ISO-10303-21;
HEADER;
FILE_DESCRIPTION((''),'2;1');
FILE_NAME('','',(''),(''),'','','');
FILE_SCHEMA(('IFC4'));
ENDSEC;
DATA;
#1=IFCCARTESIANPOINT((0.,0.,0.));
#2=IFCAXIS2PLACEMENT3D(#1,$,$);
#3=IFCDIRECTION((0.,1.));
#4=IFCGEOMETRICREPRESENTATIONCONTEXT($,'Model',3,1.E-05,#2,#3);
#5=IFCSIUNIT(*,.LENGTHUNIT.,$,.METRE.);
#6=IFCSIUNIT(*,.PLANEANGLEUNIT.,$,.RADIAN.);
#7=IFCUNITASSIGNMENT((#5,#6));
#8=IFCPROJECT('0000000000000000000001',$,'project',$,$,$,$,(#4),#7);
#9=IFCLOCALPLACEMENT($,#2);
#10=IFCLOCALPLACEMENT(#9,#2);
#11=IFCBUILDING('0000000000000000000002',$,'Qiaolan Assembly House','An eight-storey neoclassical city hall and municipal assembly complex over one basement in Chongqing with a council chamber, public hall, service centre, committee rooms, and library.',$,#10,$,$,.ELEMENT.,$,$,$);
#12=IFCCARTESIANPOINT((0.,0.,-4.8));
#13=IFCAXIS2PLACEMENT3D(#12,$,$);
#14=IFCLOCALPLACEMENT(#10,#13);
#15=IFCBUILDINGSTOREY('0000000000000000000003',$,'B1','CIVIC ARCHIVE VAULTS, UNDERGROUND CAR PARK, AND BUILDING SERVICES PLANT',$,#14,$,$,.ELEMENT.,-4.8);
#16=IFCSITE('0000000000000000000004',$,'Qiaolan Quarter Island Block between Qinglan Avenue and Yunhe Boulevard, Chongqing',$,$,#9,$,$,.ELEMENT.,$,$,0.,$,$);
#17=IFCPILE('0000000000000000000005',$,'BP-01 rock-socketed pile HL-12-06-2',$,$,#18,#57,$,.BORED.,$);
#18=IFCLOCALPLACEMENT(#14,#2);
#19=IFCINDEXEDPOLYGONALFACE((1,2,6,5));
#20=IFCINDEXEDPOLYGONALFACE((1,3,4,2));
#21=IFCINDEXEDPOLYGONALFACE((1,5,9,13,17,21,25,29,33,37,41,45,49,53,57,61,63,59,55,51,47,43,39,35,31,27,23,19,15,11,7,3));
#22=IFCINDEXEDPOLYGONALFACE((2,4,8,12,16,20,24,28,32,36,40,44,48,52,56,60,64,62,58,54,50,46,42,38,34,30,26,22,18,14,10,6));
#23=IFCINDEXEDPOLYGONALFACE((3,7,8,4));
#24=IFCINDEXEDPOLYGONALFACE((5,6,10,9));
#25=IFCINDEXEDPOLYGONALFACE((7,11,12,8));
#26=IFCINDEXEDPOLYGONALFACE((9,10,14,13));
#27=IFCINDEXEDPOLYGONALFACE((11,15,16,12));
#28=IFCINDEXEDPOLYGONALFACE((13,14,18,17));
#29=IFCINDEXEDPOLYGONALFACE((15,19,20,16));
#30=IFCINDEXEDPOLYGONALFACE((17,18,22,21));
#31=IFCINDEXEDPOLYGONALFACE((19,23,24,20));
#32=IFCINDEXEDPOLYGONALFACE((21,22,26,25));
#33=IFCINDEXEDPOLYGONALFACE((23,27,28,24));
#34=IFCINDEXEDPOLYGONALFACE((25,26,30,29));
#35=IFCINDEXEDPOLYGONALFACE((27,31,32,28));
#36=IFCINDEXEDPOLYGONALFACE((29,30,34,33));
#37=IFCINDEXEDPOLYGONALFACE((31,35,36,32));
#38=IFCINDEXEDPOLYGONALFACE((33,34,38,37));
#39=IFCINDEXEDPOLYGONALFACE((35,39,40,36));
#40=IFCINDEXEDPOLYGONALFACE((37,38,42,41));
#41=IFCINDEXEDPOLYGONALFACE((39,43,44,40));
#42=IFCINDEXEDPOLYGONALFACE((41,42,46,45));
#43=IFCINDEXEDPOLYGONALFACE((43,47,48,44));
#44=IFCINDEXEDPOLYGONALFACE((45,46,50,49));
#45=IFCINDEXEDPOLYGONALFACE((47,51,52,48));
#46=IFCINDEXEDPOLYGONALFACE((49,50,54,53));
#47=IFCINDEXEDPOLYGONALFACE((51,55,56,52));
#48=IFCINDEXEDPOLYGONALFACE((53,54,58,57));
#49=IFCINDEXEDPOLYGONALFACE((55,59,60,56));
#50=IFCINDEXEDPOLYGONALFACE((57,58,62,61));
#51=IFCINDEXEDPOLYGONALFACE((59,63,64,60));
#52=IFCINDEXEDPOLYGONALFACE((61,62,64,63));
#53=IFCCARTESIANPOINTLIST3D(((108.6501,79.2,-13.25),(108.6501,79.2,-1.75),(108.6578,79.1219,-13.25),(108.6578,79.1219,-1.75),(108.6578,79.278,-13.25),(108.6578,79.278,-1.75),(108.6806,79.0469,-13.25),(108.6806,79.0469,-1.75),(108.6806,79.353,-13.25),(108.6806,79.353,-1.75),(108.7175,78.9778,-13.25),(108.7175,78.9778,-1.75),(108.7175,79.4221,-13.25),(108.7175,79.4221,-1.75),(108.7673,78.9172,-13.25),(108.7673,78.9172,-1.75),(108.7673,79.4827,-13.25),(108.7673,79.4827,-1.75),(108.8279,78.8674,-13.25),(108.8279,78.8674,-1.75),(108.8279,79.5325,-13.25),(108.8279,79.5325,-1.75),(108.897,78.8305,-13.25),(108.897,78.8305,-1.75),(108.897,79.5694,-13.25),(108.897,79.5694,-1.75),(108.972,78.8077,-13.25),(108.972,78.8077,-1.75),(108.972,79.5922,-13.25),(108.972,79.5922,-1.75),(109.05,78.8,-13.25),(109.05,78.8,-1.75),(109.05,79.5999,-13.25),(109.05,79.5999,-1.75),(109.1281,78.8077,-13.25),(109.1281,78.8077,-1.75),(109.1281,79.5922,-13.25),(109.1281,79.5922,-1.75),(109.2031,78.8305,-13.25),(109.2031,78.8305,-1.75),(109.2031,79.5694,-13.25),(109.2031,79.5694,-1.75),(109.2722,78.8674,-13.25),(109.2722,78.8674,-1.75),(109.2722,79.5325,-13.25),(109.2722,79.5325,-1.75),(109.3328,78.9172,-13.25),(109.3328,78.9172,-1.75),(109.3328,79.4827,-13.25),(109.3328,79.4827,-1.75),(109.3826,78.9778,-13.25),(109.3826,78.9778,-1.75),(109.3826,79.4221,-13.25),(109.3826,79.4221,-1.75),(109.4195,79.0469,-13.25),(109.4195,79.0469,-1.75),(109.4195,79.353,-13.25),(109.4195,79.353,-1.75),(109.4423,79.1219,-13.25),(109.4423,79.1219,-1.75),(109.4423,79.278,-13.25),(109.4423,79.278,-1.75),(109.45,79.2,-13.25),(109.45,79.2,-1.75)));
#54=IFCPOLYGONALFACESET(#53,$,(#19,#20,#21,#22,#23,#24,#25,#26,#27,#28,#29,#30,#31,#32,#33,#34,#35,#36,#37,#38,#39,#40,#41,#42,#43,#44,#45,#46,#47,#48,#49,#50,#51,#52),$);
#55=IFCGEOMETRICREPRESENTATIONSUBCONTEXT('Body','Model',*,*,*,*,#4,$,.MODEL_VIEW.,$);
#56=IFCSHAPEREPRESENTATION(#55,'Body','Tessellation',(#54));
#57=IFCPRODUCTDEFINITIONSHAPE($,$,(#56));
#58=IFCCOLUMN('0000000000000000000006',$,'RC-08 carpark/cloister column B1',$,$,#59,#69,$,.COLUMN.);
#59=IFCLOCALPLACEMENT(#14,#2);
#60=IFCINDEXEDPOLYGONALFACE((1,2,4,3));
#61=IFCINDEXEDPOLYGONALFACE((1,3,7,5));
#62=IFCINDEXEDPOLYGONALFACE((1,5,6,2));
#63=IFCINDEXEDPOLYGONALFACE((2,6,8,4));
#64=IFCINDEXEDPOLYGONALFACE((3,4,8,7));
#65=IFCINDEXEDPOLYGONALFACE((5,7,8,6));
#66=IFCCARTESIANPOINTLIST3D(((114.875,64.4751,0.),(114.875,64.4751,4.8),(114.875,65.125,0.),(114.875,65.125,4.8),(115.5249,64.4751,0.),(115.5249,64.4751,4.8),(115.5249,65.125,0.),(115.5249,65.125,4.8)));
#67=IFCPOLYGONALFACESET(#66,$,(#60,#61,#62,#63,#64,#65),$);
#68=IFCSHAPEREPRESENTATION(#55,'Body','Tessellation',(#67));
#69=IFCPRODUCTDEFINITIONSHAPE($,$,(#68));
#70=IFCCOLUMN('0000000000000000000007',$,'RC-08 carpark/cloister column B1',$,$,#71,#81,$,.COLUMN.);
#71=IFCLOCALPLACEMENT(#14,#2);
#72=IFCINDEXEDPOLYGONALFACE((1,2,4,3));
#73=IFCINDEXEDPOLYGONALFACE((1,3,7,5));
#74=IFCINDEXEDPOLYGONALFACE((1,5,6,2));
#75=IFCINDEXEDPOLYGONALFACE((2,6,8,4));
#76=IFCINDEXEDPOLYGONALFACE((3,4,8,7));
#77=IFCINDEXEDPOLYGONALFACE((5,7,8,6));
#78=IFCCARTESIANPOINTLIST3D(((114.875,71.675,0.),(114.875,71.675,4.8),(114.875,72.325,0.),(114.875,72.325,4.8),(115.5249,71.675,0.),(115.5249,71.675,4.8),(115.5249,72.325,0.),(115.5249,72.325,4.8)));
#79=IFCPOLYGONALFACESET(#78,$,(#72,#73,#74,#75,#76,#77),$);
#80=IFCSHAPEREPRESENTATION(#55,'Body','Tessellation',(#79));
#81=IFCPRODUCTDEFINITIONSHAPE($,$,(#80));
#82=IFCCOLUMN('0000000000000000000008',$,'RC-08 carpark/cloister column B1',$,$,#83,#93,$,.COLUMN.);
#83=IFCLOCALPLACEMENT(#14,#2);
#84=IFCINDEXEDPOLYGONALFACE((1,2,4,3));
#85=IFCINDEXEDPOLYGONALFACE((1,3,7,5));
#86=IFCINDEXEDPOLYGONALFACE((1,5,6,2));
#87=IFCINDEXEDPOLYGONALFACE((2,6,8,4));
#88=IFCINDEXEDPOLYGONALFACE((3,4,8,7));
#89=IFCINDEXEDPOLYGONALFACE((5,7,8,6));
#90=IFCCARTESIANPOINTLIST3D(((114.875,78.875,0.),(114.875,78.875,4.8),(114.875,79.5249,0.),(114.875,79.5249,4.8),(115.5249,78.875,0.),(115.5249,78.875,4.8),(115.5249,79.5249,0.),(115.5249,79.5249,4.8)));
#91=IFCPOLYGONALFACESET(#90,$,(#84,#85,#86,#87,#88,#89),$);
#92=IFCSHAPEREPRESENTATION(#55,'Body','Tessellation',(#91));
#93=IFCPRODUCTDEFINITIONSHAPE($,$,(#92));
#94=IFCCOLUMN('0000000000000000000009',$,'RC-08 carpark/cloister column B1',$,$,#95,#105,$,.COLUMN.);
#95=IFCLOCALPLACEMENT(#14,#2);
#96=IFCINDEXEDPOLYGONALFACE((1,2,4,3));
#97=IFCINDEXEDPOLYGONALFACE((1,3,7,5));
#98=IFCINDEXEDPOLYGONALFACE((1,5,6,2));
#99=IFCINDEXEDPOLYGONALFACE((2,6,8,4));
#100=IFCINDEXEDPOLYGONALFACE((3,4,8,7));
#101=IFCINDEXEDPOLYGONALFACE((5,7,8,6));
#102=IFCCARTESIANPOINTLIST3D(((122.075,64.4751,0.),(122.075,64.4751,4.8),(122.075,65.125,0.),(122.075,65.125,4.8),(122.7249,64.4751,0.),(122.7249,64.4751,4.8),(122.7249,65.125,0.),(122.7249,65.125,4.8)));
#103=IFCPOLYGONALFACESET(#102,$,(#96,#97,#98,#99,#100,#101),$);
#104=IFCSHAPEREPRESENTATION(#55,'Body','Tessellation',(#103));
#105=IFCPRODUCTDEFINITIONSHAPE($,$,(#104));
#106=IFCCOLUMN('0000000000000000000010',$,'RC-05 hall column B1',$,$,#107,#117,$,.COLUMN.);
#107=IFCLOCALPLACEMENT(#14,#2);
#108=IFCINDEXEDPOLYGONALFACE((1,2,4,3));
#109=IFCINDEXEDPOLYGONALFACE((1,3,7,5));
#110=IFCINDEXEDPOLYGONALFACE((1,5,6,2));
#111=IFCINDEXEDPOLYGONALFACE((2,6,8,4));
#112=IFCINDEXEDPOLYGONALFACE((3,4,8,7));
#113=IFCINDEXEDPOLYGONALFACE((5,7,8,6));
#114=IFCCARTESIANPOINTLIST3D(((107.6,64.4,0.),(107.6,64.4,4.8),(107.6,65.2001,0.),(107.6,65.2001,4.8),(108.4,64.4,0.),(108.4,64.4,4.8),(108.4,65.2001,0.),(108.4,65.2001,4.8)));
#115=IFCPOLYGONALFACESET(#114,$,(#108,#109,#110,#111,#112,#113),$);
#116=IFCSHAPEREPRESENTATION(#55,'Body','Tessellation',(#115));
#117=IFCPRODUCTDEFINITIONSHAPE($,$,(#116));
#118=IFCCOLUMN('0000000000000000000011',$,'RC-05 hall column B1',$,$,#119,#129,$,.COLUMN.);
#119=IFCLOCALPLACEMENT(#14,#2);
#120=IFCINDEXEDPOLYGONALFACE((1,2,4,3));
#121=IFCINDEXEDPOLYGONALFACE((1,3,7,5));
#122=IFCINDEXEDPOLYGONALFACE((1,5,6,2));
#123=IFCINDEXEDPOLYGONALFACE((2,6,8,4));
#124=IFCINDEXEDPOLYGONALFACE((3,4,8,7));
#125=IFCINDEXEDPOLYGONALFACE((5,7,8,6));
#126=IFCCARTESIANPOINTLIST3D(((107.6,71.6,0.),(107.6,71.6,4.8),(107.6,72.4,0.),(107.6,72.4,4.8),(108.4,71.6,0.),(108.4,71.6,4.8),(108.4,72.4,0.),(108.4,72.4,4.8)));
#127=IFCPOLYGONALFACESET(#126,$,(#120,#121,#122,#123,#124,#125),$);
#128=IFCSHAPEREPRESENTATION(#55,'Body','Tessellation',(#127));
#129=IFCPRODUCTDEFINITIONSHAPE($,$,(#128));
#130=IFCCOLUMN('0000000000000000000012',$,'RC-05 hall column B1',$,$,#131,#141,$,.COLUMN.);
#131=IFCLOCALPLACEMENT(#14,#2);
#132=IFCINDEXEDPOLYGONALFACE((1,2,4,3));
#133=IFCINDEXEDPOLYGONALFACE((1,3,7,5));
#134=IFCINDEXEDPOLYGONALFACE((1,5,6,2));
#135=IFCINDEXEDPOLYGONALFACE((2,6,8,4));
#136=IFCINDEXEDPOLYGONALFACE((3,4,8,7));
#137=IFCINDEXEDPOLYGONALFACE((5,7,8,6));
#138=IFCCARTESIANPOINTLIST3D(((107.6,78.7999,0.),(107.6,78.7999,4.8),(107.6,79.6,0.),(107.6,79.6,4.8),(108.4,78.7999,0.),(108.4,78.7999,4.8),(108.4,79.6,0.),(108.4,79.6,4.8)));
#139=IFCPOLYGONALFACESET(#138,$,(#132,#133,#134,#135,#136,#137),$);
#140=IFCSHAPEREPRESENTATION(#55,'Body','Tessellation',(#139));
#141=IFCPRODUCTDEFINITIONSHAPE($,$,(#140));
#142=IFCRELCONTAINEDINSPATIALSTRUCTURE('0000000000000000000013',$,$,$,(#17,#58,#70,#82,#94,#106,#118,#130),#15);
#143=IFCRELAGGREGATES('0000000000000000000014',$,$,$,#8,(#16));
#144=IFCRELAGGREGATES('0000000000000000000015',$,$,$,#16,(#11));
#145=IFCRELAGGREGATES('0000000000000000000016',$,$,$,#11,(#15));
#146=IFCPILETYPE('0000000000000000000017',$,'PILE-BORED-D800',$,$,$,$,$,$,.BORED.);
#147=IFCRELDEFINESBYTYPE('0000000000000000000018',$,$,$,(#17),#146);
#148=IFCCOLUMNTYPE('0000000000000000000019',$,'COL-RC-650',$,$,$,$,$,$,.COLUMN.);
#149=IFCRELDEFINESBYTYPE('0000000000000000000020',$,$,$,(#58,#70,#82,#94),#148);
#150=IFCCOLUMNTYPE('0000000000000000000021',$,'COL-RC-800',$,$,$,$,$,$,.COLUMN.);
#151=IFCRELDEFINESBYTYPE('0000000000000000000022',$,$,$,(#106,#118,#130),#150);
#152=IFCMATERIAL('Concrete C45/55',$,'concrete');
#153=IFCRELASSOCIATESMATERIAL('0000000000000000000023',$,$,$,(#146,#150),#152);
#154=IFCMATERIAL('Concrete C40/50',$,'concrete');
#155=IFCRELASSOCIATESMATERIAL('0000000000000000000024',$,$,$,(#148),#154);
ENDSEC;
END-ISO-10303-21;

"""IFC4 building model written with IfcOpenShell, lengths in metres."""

from ifc_helpers import new_model, si_unit, direction, frame, origin, origin_2d, place, context, subcontext, project, spatial, rectangle, circle, extrude, material, material_profile, profile_set, type_object, element, save


model = new_model("IFC4")

# Units and contexts
model_context = context("Model", 3, precision=1e-05, world=origin(), true_north=direction((0.0, 1.0)))
body_context = subcontext(model_context, "Body", "Model", "MODEL_VIEW")
ifc_project = project(units=[si_unit("LENGTHUNIT", "METRE"), si_unit("PLANEANGLEUNIT", "RADIAN")], contexts=[model_context])

# Site, building, storey
site_placement = place(None, origin())
site = spatial("IfcSite", under=ifc_project, at=site_placement, Name="Qiaolan Quarter Island Block between Qinglan Avenue and Yunhe Boulevard, Chongqing", CompositionType="ELEMENT", RefElevation=0.0)
building_placement = place(site_placement, origin())
building = spatial("IfcBuilding", under=site, at=building_placement, Name="Qiaolan Assembly House", Description="An eight-storey neoclassical city hall and municipal assembly complex over one basement in Chongqing with a council chamber, public hall, service centre, committee rooms, and library.", CompositionType="ELEMENT")
storey_placement = place(building_placement, frame((0.0, 0.0, -4.8)))
storey = spatial("IfcBuildingStorey", under=building, at=storey_placement, Name="B1", Description="CIVIC ARCHIVE VAULTS, UNDERGROUND CAR PARK, AND BUILDING SERVICES PLANT", CompositionType="ELEMENT", Elevation=-4.8)

# Shared definitions
ifc_material_1 = material(Name="Concrete C40/50", Category="concrete")

# Pile
ifc_material_2 = material(Name="Concrete C45/55", Category="concrete")
ifc_material_profile_1 = material_profile(ifc_material_2, circle(Radius=0.3999, at=origin_2d()), Name="PILE D800")
ifc_profile_set_1 = profile_set([ifc_material_profile_1], Name="Concrete C45/55")
pile_type = type_object("IfcPileType", Name="PILE-BORED-D800", PredefinedType="BORED", material=ifc_profile_set_1)
for number, where, z_axis, x_axis, name in (
    (1, (109.05, 79.2, -1.75), (0.0, 0.0, -1.0), (1.0, 0.0, 0.0), "BP-01 rock-socketed pile HL-12-06-2"),
):
    element("IfcPile", number, at=place(storey_placement, frame(where, z_axis=z_axis, x_axis=x_axis)), inside=storey, type_object=pile_type, Name=name, PredefinedType="BORED", context=body_context, shape_type="SweptSolid", body=[
        extrude(circle(Radius=0.3999, at=origin_2d()), origin(), (0.0, 0.0, 1.0), 11.5),
    ])

# Columns
ifc_material_profile_2 = material_profile(ifc_material_1, rectangle(XDim=0.6499, YDim=0.6499, at=origin_2d()), Name="RC 650x650")
ifc_profile_set_2 = profile_set([ifc_material_profile_2], Name="Concrete C40/50")
column_type_1 = type_object("IfcColumnType", Name="COL-RC-650", PredefinedType="COLUMN", material=ifc_profile_set_2)
for number, where, z_axis, x_axis, name in (
    (2, (115.2, 64.8, 0.0), (0.0, 0.0, 1.0), (1.0, 0.0, 0.0), "RC-08 carpark/cloister column B1"),
    (3, (115.2, 72.0, 0.0), (0.0, 0.0, 1.0), (1.0, 0.0, 0.0), "RC-08 carpark/cloister column B1"),
    (4, (115.2, 79.2, 0.0), (0.0, 0.0, 1.0), (1.0, 0.0, 0.0), "RC-08 carpark/cloister column B1"),
    (5, (122.3999, 64.8, 0.0), (0.0, 0.0, 1.0), (1.0, 0.0, 0.0), "RC-08 carpark/cloister column B1"),
):
    element("IfcColumn", number, at=place(storey_placement, frame(where, z_axis=z_axis, x_axis=x_axis)), inside=storey, type_object=column_type_1, Name=name, PredefinedType="COLUMN", context=body_context, shape_type="SweptSolid", body=[
        extrude(rectangle(XDim=0.6499, YDim=0.6499, at=origin_2d()), origin(), (0.0, 0.0, 1.0), 4.8),
    ])
ifc_material_profile_3 = material_profile(ifc_material_2, rectangle(XDim=0.8, YDim=0.8, at=origin_2d()), Name="RC 800x800")
ifc_profile_set_3 = profile_set([ifc_material_profile_3], Name="Concrete C45/55")
column_type_2 = type_object("IfcColumnType", Name="COL-RC-800", PredefinedType="COLUMN", material=ifc_profile_set_3)
for number, where, z_axis, x_axis, name in (
    (6, (108.0, 64.8, 0.0), (0.0, 0.0, 1.0), (1.0, 0.0, 0.0), "RC-05 hall column B1"),
    (7, (108.0, 72.0, 0.0), (0.0, 0.0, 1.0), (1.0, 0.0, 0.0), "RC-05 hall column B1"),
    (8, (108.0, 79.2, 0.0), (0.0, 0.0, 1.0), (1.0, 0.0, 0.0), "RC-05 hall column B1"),
):
    element("IfcColumn", number, at=place(storey_placement, frame(where, z_axis=z_axis, x_axis=x_axis)), inside=storey, type_object=column_type_2, Name=name, PredefinedType="COLUMN", context=body_context, shape_type="SweptSolid", body=[
        extrude(rectangle(XDim=0.8, YDim=0.8, at=origin_2d()), origin(), (0.0, 0.0, 1.0), 4.8),
    ])

save(model, "model.ifc")
